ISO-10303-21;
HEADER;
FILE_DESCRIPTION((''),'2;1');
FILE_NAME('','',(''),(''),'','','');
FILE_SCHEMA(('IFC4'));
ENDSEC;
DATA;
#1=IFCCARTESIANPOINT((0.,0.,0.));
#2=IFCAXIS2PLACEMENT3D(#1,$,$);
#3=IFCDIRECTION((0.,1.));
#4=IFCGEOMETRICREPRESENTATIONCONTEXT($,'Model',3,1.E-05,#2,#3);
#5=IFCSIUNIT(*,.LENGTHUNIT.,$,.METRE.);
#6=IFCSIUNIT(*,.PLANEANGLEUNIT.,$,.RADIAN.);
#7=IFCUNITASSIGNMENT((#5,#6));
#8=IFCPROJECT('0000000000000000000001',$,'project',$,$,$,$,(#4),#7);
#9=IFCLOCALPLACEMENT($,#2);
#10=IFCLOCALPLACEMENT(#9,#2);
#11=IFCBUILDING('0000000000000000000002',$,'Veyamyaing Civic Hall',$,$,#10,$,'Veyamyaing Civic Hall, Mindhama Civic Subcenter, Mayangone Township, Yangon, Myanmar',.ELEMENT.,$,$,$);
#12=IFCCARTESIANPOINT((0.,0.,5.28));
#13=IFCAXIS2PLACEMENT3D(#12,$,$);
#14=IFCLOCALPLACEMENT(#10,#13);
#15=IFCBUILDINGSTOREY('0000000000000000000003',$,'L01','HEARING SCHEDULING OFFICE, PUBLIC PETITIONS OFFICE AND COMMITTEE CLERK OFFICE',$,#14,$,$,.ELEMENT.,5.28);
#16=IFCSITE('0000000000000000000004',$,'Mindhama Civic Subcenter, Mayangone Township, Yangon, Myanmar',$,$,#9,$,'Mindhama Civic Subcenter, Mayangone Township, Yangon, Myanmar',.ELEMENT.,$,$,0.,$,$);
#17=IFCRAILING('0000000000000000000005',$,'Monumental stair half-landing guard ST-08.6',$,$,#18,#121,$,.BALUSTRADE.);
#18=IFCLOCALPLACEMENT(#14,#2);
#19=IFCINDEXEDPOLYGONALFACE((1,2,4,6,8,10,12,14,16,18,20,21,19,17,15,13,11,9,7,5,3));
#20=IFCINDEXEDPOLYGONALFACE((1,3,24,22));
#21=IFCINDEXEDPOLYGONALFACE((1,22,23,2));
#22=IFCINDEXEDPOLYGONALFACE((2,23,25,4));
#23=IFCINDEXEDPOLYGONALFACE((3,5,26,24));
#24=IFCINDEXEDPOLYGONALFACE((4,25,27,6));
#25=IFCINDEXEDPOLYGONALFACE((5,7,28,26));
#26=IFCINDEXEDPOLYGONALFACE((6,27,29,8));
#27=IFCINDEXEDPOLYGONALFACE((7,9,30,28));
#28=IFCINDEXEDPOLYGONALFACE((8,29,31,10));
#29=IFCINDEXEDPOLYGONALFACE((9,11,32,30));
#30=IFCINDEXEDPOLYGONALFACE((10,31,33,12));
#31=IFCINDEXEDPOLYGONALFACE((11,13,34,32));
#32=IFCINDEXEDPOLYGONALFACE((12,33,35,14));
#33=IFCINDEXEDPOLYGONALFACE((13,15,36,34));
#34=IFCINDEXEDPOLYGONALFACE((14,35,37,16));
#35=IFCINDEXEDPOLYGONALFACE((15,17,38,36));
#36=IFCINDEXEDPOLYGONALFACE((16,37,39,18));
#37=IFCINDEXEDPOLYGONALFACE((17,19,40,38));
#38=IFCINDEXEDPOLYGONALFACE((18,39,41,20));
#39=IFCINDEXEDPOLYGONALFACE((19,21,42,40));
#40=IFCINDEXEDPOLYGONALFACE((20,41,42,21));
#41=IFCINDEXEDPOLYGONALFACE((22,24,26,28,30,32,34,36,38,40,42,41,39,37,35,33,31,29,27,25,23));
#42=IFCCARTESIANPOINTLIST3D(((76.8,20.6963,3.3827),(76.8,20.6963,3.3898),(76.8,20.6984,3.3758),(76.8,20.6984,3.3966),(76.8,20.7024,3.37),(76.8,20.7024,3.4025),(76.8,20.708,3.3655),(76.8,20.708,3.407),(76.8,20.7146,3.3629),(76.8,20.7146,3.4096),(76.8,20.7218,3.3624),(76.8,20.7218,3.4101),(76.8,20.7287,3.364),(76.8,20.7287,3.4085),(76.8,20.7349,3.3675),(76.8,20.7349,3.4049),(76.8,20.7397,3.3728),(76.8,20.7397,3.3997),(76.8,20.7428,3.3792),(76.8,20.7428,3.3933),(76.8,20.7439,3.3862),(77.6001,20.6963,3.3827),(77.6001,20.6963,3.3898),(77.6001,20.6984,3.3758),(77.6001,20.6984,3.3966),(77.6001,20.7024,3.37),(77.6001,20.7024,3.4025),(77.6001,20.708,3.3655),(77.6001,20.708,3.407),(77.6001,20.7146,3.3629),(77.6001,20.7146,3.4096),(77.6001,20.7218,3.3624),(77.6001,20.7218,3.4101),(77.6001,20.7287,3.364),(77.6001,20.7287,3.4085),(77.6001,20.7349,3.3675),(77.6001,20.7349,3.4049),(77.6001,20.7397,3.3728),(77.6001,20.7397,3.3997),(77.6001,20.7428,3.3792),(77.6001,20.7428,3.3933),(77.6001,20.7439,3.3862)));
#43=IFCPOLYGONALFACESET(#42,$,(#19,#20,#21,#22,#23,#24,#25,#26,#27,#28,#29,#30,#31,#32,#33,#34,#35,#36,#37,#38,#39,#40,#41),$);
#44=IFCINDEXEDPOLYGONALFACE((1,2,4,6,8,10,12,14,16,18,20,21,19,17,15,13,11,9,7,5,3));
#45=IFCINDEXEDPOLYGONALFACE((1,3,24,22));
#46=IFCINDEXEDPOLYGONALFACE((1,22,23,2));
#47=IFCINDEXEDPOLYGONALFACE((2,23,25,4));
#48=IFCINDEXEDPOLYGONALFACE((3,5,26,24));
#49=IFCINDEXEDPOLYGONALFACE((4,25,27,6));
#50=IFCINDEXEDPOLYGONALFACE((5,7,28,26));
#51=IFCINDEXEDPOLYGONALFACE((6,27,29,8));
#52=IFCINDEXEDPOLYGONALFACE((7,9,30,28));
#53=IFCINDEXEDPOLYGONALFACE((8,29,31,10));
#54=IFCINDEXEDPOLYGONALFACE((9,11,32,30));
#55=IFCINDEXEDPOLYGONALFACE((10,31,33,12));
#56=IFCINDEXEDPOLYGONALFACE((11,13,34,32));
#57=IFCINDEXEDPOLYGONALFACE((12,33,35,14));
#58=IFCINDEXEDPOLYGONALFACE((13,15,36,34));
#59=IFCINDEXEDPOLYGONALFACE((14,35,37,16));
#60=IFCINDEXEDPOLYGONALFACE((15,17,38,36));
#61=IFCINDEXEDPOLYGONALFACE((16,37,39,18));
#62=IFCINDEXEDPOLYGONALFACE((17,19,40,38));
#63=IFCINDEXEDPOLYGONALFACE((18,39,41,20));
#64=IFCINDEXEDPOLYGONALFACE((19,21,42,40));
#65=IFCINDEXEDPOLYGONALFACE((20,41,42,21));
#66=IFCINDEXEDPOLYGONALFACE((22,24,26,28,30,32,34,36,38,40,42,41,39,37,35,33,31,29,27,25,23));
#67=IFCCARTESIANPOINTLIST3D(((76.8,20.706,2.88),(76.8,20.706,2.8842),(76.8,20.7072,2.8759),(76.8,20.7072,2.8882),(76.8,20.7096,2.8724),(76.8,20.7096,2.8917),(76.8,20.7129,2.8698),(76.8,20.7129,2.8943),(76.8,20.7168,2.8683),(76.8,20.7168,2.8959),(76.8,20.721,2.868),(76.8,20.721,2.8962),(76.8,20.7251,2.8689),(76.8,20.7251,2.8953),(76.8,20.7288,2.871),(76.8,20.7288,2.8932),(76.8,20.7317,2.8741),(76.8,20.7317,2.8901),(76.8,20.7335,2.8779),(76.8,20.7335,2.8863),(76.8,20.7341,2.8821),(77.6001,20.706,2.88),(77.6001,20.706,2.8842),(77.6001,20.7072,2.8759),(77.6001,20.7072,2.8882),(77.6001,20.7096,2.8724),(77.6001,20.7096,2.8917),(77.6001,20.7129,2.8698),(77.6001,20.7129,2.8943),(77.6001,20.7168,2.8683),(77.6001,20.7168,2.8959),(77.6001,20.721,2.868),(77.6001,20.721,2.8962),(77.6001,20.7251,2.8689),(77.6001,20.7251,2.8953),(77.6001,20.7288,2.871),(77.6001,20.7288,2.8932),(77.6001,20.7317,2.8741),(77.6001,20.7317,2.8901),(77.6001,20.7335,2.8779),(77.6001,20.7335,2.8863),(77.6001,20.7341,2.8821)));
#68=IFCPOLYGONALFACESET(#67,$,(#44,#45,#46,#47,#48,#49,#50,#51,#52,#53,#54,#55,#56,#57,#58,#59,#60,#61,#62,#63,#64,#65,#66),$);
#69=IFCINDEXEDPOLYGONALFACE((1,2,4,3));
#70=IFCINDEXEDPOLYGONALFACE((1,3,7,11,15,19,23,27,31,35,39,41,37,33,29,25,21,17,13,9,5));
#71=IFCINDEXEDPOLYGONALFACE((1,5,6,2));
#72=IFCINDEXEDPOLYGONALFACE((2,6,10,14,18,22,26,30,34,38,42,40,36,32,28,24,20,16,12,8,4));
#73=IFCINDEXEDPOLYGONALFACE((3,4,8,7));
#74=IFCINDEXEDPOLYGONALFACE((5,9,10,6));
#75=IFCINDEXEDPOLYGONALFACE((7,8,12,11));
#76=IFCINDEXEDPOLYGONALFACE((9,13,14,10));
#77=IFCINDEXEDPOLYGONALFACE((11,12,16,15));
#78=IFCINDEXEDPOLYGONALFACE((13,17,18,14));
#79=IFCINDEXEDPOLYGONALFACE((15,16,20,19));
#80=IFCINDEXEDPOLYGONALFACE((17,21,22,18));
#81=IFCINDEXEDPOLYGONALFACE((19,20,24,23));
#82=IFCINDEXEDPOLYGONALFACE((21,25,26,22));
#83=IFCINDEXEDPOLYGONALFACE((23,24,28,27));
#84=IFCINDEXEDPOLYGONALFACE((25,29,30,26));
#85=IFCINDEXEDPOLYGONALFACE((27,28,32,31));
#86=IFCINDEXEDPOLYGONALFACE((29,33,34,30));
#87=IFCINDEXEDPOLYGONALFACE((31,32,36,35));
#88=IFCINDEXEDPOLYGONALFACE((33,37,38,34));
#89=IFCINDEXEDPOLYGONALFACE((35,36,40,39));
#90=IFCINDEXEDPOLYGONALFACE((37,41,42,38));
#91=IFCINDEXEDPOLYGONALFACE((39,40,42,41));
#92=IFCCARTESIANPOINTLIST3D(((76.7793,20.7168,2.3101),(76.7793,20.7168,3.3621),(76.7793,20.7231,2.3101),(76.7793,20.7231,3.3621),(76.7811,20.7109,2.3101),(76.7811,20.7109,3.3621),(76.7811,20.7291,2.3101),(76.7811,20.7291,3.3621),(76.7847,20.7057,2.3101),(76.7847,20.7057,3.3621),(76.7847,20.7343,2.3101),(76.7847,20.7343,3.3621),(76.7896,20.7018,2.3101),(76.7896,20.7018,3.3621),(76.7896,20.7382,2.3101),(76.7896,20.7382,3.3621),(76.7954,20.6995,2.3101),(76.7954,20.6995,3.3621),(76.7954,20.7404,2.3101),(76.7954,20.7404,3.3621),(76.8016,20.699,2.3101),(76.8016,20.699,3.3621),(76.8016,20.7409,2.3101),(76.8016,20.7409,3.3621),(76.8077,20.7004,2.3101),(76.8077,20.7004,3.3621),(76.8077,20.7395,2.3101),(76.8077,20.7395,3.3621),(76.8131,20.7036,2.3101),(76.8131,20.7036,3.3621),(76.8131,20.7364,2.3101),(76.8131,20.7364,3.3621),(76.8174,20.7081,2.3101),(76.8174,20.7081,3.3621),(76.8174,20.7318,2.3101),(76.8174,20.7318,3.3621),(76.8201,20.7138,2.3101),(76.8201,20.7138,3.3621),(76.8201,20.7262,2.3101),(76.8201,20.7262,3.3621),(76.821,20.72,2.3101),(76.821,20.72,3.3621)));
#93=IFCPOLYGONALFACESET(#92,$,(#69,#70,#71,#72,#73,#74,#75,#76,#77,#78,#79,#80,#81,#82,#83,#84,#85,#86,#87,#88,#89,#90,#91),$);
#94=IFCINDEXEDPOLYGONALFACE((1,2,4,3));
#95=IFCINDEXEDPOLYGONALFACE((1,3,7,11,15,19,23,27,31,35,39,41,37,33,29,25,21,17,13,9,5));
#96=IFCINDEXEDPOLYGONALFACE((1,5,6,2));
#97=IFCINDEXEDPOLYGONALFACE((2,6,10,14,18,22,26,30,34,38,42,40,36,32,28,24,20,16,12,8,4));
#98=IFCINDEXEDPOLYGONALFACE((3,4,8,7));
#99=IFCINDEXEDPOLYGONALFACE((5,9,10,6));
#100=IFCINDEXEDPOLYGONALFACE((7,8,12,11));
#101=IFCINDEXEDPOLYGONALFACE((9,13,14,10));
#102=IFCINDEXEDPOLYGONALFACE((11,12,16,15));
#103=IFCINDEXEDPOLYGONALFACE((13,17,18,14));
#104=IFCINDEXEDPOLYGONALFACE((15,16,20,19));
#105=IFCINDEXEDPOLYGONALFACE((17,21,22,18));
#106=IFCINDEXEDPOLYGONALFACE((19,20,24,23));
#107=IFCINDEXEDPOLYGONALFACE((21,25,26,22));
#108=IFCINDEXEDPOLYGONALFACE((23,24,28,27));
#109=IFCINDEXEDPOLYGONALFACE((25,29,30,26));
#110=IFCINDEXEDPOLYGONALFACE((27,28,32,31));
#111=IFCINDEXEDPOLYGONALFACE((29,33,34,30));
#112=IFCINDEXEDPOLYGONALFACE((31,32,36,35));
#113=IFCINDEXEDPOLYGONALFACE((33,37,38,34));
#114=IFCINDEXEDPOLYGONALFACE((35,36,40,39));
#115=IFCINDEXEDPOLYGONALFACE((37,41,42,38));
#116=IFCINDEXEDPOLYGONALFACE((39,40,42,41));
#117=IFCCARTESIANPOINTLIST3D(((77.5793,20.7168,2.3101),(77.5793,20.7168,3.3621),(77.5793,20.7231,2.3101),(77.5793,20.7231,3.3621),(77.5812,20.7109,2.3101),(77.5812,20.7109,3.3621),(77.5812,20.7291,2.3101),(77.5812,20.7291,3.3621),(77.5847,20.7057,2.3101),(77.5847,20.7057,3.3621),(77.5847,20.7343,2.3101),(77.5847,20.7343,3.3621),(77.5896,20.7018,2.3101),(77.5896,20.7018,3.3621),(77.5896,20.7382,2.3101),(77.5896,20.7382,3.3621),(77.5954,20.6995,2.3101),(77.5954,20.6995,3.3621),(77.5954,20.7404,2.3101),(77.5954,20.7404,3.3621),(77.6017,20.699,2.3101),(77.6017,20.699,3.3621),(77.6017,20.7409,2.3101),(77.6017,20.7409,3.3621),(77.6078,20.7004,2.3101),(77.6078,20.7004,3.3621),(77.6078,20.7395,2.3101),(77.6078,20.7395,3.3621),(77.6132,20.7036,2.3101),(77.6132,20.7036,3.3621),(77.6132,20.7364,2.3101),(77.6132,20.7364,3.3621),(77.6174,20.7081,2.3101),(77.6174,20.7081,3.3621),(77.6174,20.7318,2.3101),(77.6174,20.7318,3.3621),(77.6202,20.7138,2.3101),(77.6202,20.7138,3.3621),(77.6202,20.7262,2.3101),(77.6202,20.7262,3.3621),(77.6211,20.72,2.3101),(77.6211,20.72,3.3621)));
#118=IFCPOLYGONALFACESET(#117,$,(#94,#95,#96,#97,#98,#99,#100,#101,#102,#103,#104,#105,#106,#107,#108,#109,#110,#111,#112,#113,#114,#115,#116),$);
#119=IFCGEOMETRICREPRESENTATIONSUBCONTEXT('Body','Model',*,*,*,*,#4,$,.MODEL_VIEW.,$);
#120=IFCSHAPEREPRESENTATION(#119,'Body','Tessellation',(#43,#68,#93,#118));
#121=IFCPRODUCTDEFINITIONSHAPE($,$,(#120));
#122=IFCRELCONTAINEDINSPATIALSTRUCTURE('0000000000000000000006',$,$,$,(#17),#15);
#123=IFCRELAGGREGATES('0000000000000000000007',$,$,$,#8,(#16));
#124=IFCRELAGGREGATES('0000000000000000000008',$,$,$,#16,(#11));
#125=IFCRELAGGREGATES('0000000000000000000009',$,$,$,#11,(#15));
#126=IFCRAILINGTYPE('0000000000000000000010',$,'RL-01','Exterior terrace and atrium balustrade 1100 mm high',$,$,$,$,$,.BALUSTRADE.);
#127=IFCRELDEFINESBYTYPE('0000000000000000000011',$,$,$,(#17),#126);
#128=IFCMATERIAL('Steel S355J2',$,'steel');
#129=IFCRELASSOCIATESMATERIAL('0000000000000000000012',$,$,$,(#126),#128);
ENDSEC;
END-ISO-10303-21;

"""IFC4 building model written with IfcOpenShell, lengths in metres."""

from ifc_helpers import new_model, si_unit, direction, frame, origin, origin_2d, place, context, subcontext, project, spatial, circle, extrude, material, type_object, element, save


model = new_model("IFC4")

# Units and contexts
model_context = context("Model", 3, precision=1e-05, world=origin(), true_north=direction((0.0, 1.0)))
body_context = subcontext(model_context, "Body", "Model", "MODEL_VIEW")
ifc_project = project(units=[si_unit("LENGTHUNIT", "METRE"), si_unit("PLANEANGLEUNIT", "RADIAN")], contexts=[model_context])

# Site, building, storey
site_placement = place(None, origin())
site = spatial("IfcSite", under=ifc_project, at=site_placement, Name="Mindhama Civic Subcenter, Mayangone Township, Yangon, Myanmar", LongName="Mindhama Civic Subcenter, Mayangone Township, Yangon, Myanmar", CompositionType="ELEMENT", RefElevation=0.0)
building_placement = place(site_placement, origin())
building = spatial("IfcBuilding", under=site, at=building_placement, Name="Veyamyaing Civic Hall", LongName="Veyamyaing Civic Hall, Mindhama Civic Subcenter, Mayangone Township, Yangon, Myanmar", CompositionType="ELEMENT")
storey_placement = place(building_placement, frame((0.0, 0.0, 5.28)))
storey = spatial("IfcBuildingStorey", under=building, at=storey_placement, Name="L01", Description="HEARING SCHEDULING OFFICE, PUBLIC PETITIONS OFFICE AND COMMITTEE CLERK OFFICE", CompositionType="ELEMENT", Elevation=5.28)

# Railing
ifc_material_1 = material(Name="Steel S355J2", Category="steel")
railing_type_1 = type_object("IfcRailingType", Name="RL-01", Description="Exterior terrace and atrium balustrade 1100 mm high", PredefinedType="BALUSTRADE", material=ifc_material_1)
railing_1_placement = place(storey_placement, frame((76.8, 20.72, 2.3101)))
element("IfcRailing", 1, at=railing_1_placement, inside=storey, type_object=railing_type_1, Name="Monumental stair half-landing guard ST-08.6", PredefinedType="BALUSTRADE", context=body_context, shape_type="SweptSolid", body=[
    extrude(circle(Radius=0.0239, at=origin_2d()), frame((0.0, 0.0, 1.0762), z_axis=(1.0, 0.0, 0.0), x_axis=(0.0, 1.0, 0.0)), (0.0, 0.0, 1.0), 0.8),
    extrude(circle(Radius=0.0142, at=origin_2d()), frame((0.0, 0.0, 0.572), z_axis=(1.0, 0.0, 0.0), x_axis=(0.0, 1.0, 0.0)), (0.0, 0.0, 1.0), 0.8),
    extrude(circle(Radius=0.021, at=origin_2d()), origin(), (0.0, 0.0, 1.0), 1.052),
    extrude(circle(Radius=0.021, at=origin_2d()), frame((0.8, 0.0, 0.0)), (0.0, 0.0, 1.0), 1.052),
])

save(model, "model.ifc")
